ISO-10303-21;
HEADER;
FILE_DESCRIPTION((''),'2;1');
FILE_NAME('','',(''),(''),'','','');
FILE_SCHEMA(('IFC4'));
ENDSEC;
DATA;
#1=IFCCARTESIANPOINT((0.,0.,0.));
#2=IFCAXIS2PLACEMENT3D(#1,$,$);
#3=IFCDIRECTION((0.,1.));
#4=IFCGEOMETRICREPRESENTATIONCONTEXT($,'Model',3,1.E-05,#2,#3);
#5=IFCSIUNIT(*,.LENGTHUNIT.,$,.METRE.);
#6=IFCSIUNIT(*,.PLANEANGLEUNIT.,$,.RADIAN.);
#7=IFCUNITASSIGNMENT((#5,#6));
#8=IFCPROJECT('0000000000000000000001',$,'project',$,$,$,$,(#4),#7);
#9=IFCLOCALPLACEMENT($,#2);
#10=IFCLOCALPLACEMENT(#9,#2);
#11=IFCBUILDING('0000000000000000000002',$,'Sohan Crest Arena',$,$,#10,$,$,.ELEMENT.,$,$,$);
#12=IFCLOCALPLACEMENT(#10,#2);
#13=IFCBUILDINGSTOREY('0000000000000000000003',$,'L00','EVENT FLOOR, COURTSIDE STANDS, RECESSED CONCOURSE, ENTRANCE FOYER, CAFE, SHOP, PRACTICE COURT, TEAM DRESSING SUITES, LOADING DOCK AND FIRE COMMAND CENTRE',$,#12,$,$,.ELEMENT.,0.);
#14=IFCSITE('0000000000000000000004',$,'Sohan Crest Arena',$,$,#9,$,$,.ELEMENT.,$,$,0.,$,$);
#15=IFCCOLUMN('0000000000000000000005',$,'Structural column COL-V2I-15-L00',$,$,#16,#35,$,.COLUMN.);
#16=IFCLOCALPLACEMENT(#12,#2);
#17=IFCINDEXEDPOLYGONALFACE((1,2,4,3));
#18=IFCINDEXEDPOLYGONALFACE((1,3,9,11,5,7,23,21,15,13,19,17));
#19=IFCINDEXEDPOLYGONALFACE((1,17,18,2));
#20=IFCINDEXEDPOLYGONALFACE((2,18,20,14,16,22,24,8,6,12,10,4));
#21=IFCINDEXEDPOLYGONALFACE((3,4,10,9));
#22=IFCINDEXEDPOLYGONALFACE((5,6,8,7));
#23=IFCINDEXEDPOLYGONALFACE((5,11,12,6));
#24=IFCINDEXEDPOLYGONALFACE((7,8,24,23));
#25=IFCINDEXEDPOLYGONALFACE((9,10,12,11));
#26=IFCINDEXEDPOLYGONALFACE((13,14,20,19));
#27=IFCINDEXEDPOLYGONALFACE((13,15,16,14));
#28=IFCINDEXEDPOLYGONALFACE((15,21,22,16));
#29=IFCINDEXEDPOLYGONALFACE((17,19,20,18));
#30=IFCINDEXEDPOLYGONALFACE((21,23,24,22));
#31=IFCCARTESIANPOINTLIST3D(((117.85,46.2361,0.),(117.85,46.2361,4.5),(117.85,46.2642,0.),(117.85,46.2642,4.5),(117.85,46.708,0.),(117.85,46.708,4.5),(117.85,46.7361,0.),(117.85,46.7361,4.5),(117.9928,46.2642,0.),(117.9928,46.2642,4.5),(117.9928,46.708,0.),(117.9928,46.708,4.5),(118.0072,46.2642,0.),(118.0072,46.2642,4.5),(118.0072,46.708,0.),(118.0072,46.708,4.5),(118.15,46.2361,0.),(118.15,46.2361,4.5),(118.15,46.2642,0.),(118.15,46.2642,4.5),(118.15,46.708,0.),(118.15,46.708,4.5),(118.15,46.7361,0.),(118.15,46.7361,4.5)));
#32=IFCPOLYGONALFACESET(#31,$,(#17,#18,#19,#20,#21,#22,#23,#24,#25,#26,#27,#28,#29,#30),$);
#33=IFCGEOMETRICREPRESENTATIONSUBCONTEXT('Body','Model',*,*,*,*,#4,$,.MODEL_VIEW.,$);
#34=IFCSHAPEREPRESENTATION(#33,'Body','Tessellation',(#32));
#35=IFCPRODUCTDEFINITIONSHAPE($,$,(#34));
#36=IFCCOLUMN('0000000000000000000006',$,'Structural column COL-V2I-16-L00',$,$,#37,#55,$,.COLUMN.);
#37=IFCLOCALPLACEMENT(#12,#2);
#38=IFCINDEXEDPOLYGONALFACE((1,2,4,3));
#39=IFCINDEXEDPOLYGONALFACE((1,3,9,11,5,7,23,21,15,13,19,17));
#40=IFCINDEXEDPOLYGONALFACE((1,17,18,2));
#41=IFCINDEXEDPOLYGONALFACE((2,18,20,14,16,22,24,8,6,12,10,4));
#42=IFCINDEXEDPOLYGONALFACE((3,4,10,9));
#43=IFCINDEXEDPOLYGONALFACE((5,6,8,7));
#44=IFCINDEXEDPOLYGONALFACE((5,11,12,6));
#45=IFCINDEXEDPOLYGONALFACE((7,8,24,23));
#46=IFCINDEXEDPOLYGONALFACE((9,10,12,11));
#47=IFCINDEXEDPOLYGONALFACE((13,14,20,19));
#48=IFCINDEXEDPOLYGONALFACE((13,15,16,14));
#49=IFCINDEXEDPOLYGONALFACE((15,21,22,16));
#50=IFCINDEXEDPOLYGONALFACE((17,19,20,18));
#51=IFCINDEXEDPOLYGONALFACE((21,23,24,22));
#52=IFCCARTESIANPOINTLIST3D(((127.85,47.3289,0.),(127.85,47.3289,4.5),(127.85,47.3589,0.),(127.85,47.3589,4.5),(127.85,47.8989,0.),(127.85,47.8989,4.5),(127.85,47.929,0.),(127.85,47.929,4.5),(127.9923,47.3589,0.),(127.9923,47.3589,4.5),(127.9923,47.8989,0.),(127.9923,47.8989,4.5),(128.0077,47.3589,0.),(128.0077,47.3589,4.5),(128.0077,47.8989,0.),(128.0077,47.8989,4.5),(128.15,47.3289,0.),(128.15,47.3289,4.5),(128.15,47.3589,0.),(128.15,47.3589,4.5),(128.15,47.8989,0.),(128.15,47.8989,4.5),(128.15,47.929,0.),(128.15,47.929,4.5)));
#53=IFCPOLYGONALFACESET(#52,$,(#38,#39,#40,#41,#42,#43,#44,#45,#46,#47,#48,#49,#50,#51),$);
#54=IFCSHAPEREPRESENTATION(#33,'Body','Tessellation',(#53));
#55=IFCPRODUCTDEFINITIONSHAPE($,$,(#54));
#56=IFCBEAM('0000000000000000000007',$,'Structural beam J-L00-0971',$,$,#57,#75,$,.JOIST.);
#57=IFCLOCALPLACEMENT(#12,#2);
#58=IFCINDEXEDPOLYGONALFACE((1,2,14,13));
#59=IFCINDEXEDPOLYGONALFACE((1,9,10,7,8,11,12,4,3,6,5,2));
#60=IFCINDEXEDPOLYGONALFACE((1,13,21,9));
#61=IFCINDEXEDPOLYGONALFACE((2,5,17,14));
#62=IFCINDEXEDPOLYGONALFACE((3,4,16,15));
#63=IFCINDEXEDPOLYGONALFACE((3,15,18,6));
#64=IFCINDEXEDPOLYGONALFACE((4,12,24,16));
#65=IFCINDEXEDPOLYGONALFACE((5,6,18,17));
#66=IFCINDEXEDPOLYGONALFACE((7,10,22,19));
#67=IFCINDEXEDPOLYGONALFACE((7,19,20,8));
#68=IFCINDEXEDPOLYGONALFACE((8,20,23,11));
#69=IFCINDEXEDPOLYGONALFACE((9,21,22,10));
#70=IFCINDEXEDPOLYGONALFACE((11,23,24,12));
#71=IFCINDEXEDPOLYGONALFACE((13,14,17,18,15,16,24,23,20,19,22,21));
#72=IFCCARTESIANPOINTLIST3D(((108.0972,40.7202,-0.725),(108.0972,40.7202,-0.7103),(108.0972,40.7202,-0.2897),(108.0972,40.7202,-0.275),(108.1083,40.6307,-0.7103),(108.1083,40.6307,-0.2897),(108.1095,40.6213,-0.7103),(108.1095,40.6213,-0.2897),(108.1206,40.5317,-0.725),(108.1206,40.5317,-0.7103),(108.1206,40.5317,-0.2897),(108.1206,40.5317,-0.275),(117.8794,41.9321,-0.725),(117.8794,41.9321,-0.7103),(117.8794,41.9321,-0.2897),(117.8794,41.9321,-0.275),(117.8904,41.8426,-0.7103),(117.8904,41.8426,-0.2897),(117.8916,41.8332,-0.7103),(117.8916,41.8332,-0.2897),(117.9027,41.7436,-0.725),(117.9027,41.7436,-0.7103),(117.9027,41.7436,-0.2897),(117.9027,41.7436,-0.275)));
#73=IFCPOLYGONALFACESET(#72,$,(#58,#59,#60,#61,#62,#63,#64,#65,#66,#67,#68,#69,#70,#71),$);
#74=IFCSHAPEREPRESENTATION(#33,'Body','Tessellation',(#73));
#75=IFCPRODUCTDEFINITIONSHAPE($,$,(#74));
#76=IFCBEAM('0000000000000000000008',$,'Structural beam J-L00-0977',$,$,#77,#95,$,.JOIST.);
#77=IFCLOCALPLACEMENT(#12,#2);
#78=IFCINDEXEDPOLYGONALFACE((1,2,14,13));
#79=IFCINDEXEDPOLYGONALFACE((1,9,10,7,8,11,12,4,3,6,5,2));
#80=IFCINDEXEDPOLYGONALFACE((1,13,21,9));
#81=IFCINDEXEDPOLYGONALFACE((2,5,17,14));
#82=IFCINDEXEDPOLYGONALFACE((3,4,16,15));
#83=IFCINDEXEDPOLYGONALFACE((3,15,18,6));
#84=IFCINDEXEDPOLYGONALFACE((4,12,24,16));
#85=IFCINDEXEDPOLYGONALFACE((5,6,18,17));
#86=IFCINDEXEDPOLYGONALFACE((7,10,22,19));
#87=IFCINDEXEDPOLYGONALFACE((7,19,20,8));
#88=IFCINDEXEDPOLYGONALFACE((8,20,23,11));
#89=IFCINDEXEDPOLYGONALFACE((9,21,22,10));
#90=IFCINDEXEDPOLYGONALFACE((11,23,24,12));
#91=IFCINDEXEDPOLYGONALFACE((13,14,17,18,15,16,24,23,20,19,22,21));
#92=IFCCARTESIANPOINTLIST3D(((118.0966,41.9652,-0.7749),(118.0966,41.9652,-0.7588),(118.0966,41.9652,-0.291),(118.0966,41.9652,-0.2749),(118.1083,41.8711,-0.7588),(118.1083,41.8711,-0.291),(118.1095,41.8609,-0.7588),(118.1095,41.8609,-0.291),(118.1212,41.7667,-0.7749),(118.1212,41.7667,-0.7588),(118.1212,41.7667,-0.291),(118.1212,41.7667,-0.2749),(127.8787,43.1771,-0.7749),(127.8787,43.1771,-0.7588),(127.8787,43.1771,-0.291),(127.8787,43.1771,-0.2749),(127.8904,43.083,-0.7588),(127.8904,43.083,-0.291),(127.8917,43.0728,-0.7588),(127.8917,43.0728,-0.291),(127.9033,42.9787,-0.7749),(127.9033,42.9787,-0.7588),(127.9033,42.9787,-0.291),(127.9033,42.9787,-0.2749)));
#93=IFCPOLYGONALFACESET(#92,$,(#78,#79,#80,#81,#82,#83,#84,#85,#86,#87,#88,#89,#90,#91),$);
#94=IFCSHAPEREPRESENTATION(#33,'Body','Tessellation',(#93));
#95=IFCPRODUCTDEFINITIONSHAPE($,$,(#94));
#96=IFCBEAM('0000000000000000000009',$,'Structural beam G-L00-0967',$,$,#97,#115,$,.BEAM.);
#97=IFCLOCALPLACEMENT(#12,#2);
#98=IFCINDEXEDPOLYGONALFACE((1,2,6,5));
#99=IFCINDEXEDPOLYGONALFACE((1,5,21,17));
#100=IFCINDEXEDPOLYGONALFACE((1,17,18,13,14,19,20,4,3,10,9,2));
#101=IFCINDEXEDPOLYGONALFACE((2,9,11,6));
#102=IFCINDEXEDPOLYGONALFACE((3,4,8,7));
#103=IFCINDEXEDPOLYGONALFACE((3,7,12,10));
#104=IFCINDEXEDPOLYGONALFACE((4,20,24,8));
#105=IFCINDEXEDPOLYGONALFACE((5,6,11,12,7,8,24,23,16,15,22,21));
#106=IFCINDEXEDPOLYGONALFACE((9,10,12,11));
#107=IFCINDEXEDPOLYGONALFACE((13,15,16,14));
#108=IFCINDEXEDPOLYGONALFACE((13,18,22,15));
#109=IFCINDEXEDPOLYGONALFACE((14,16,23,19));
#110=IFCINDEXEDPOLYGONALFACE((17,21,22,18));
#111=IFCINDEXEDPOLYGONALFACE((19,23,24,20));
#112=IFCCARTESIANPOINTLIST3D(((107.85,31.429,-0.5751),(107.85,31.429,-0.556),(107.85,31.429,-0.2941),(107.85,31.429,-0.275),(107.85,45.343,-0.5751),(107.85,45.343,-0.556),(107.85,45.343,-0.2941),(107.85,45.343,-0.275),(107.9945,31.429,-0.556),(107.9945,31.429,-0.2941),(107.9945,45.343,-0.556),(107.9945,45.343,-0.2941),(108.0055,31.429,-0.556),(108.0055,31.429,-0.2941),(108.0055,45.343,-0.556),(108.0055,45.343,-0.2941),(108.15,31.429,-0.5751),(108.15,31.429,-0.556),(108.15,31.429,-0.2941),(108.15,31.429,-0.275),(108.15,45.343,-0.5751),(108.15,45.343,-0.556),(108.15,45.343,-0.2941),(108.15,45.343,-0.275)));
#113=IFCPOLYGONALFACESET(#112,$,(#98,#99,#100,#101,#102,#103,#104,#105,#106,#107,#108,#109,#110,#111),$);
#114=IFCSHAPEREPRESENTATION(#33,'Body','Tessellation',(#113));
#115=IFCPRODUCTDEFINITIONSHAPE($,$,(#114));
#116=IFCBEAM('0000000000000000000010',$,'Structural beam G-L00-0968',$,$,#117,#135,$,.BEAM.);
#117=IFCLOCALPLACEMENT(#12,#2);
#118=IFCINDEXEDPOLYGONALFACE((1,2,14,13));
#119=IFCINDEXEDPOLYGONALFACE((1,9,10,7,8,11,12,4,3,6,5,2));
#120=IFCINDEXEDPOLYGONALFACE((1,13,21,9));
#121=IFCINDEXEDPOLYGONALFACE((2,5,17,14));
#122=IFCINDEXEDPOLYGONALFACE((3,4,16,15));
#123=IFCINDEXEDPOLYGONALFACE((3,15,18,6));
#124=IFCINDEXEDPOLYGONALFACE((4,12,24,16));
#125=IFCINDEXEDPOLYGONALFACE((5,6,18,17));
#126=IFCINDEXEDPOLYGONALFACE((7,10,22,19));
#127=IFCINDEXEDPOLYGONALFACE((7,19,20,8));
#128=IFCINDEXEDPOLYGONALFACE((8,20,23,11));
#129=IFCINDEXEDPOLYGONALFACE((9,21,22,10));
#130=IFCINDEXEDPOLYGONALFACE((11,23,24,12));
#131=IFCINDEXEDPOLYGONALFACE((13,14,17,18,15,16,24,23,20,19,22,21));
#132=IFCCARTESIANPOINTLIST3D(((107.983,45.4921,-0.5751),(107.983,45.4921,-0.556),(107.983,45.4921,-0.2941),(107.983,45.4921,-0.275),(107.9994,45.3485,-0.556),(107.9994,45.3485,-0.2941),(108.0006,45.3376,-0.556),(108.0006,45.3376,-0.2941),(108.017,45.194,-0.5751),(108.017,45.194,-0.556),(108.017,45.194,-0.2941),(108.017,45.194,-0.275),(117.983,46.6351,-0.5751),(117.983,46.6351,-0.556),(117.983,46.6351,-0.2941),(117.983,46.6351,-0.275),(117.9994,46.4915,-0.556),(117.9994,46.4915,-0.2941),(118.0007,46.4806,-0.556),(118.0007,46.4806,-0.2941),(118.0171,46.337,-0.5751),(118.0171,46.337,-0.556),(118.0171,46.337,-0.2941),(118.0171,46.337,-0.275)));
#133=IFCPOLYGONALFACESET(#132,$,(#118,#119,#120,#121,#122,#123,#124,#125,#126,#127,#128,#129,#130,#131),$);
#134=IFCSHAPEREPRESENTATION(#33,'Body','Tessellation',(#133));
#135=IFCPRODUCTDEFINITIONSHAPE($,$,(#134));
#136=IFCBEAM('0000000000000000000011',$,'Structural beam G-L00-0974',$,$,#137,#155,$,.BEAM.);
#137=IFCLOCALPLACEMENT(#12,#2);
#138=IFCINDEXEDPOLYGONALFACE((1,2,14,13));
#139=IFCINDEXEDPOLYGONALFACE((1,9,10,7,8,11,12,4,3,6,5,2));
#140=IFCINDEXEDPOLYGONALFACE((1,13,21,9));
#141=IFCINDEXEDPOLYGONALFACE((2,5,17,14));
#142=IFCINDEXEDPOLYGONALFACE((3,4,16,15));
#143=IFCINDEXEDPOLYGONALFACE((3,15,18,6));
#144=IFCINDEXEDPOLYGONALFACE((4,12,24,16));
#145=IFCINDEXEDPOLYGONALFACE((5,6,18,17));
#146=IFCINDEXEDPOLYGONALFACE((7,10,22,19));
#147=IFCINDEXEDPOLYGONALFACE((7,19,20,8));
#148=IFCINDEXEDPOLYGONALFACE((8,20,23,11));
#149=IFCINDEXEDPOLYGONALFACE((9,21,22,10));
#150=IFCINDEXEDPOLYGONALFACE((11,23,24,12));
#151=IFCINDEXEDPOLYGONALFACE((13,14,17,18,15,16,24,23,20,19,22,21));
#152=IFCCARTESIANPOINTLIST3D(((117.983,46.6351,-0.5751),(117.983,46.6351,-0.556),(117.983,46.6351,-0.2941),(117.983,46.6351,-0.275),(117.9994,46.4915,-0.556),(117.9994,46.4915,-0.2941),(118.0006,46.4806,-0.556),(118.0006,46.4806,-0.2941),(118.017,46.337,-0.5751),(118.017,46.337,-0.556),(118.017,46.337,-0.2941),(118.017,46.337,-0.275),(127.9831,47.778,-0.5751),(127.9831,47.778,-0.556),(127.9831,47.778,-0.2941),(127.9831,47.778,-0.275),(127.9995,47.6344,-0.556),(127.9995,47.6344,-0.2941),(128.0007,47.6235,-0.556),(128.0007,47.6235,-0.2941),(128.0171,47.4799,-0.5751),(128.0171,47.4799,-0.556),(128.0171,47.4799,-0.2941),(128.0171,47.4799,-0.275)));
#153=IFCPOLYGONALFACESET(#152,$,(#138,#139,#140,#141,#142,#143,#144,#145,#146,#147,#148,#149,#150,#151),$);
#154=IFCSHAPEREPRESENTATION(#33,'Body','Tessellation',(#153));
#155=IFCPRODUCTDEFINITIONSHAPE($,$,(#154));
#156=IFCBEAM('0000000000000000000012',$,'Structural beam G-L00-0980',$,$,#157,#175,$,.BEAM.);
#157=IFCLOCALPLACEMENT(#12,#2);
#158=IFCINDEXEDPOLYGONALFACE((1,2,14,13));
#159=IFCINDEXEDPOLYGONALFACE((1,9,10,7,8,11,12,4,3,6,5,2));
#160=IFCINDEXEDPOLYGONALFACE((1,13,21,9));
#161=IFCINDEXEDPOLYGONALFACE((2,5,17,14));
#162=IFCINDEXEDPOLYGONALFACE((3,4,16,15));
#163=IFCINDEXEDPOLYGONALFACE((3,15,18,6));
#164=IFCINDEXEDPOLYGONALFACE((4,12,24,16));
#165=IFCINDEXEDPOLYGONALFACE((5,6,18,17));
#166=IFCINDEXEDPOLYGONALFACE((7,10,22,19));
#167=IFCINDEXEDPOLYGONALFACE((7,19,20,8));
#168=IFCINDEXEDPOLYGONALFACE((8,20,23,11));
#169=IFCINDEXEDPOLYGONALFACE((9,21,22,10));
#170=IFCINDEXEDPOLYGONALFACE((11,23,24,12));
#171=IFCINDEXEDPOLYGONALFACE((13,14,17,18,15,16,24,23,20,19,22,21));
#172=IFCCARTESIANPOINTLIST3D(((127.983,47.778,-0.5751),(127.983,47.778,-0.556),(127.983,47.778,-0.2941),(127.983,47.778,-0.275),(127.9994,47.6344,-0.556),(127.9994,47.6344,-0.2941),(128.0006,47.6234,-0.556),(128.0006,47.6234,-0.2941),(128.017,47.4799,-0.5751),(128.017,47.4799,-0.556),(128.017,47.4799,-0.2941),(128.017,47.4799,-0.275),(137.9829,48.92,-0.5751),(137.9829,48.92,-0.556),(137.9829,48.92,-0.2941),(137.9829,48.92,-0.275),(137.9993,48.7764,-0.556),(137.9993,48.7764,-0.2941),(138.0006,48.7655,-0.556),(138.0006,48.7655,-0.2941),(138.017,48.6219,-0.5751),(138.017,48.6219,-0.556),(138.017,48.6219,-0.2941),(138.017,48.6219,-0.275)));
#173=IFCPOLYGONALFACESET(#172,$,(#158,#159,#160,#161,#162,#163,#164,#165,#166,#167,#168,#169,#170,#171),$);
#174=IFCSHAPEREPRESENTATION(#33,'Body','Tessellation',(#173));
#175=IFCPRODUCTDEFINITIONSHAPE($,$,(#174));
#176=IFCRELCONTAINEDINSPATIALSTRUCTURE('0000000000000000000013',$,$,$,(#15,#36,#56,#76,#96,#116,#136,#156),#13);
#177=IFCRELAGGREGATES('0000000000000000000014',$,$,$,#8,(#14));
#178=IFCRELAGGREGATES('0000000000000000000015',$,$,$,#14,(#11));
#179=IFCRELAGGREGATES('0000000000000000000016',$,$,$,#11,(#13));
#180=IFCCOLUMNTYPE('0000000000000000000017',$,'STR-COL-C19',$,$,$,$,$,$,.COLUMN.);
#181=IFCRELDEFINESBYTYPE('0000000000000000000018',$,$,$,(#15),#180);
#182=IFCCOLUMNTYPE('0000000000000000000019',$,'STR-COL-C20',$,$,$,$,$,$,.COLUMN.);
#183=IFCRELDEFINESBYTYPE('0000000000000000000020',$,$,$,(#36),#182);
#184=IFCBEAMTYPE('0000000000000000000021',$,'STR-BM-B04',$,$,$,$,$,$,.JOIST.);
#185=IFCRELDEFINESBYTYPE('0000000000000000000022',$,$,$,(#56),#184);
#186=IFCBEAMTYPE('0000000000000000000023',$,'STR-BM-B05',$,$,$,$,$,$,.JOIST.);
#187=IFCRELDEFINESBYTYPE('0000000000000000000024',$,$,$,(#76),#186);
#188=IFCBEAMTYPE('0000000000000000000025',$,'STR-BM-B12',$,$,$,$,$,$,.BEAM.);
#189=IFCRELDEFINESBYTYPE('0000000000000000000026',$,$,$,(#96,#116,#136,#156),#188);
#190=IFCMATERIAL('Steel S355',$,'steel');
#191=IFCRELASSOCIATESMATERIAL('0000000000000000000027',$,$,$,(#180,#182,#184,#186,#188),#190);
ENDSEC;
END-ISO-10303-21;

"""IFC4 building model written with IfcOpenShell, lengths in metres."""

from ifc_helpers import new_model, si_unit, direction, frame, origin, origin_2d, place, context, subcontext, project, spatial, i_section, extrude, material, material_profile, profile_set, type_object, element, save


model = new_model("IFC4")

# Units and contexts
model_context = context("Model", 3, precision=1e-05, world=origin(), true_north=direction((0.0, 1.0)))
body_context = subcontext(model_context, "Body", "Model", "MODEL_VIEW")
ifc_project = project(units=[si_unit("LENGTHUNIT", "METRE"), si_unit("PLANEANGLEUNIT", "RADIAN")], contexts=[model_context])

# Site, building, storey
site_placement = place(None, origin())
site = spatial("IfcSite", under=ifc_project, at=site_placement, Name="Sohan Crest Arena", CompositionType="ELEMENT", RefElevation=0.0)
building_placement = place(site_placement, origin())
building = spatial("IfcBuilding", under=site, at=building_placement, Name="Sohan Crest Arena", CompositionType="ELEMENT")
storey_placement = place(building_placement, origin())
storey = spatial("IfcBuildingStorey", under=building, at=storey_placement, Name="L00", Description="EVENT FLOOR, COURTSIDE STANDS, RECESSED CONCOURSE, ENTRANCE FOYER, CAFE, SHOP, PRACTICE COURT, TEAM DRESSING SUITES, LOADING DOCK AND FIRE COMMAND CENTRE", CompositionType="ELEMENT", Elevation=0.0)

# Columns
ifc_material_1 = material(Name="Steel S355", Category="steel")
ifc_material_profile_1 = material_profile(ifc_material_1, i_section(OverallWidth=0.3, OverallDepth=0.5, WebThickness=0.0144, FlangeThickness=0.0281, at=origin_2d()), Name="HEB 500")
ifc_profile_set_1 = profile_set([ifc_material_profile_1], Name="Steel S355")
column_type_1 = type_object("IfcColumnType", Name="STR-COL-C19", PredefinedType="COLUMN", material=ifc_profile_set_1)
column_1_placement = place(storey_placement, frame((118.0, 46.4861, 0.0), z_axis=(0.0, 0.0, 1.0), x_axis=(1.0, 0.0, 0.0)))
element("IfcColumn", 1, at=column_1_placement, inside=storey, type_object=column_type_1, Name="Structural column COL-V2I-15-L00", PredefinedType="COLUMN", context=body_context, shape_type="SweptSolid", body=[
    extrude(i_section(OverallWidth=0.3, OverallDepth=0.5, WebThickness=0.0144, FlangeThickness=0.0281, at=origin_2d()), origin(), (0.0, 0.0, 1.0), 4.5),
])
ifc_material_profile_2 = material_profile(ifc_material_1, i_section(OverallWidth=0.3, OverallDepth=0.6001, WebThickness=0.0154, FlangeThickness=0.03, at=origin_2d()), Name="HEB 600")
ifc_profile_set_2 = profile_set([ifc_material_profile_2], Name="Steel S355")
column_type_2 = type_object("IfcColumnType", Name="STR-COL-C20", PredefinedType="COLUMN", material=ifc_profile_set_2)
column_2_placement = place(storey_placement, frame((128.0, 47.6289, 0.0), z_axis=(0.0, 0.0, 1.0), x_axis=(1.0, 0.0, 0.0)))
element("IfcColumn", 2, at=column_2_placement, inside=storey, type_object=column_type_2, Name="Structural column COL-V2I-16-L00", PredefinedType="COLUMN", context=body_context, shape_type="SweptSolid", body=[
    extrude(i_section(OverallWidth=0.3, OverallDepth=0.6001, WebThickness=0.0154, FlangeThickness=0.03, at=origin_2d()), origin(), (0.0, 0.0, 1.0), 4.5),
])

# Beams
ifc_material_profile_3 = material_profile(ifc_material_1, i_section(OverallWidth=0.1899, OverallDepth=0.45, WebThickness=0.0095, FlangeThickness=0.0146, at=origin_2d()), Name="IPE 450")
ifc_profile_set_3 = profile_set([ifc_material_profile_3], Name="Steel S355")
beam_type_1 = type_object("IfcBeamType", Name="STR-BM-B04", PredefinedType="JOIST", material=ifc_profile_set_3)
beam_1_placement = place(storey_placement, frame((108.1089, 40.626, -0.5), z_axis=(0.992413, 0.122949, 0.0), x_axis=(-0.122949, 0.992413, 0.0)))
element("IfcBeam", 3, at=beam_1_placement, inside=storey, type_object=beam_type_1, Name="Structural beam J-L00-0971", PredefinedType="JOIST", context=body_context, shape_type="SweptSolid", body=[
    extrude(i_section(OverallWidth=0.1899, OverallDepth=0.45, WebThickness=0.0095, FlangeThickness=0.0146, at=origin_2d()), origin(), (0.0, 0.0, 1.0), 9.8569),
])
ifc_material_profile_4 = material_profile(ifc_material_1, i_section(OverallWidth=0.2, OverallDepth=0.5, WebThickness=0.0103, FlangeThickness=0.0161, at=origin_2d()), Name="IPE 500")
ifc_profile_set_4 = profile_set([ifc_material_profile_4], Name="Steel S355")
beam_type_2 = type_object("IfcBeamType", Name="STR-BM-B05", PredefinedType="JOIST", material=ifc_profile_set_4)
beam_2_placement = place(storey_placement, frame((118.1089, 41.866, -0.5249), z_axis=(0.992413, 0.122949, 0.0), x_axis=(-0.122949, 0.992413, 0.0)))
element("IfcBeam", 4, at=beam_2_placement, inside=storey, type_object=beam_type_2, Name="Structural beam J-L00-0977", PredefinedType="JOIST", context=body_context, shape_type="SweptSolid", body=[
    extrude(i_section(OverallWidth=0.2, OverallDepth=0.5, WebThickness=0.0103, FlangeThickness=0.0161, at=origin_2d()), origin(), (0.0, 0.0, 1.0), 9.8569),
])
ifc_material_profile_5 = material_profile(ifc_material_1, i_section(OverallWidth=0.3, OverallDepth=0.3, WebThickness=0.011, FlangeThickness=0.019, at=origin_2d()), Name="HEB 300")
ifc_profile_set_5 = profile_set([ifc_material_profile_5], Name="Steel S355")
beam_type_3 = type_object("IfcBeamType", Name="STR-BM-B12", PredefinedType="BEAM", material=ifc_profile_set_5)
beam_3_placement = place(storey_placement, frame((108.0, 45.343, -0.425), z_axis=(0.0, -1.0, 0.0), x_axis=(1.0, 0.0, 0.0)))
element("IfcBeam", 5, at=beam_3_placement, inside=storey, type_object=beam_type_3, Name="Structural beam G-L00-0967", PredefinedType="BEAM", context=body_context, shape_type="SweptSolid", body=[
    extrude(i_section(OverallWidth=0.3, OverallDepth=0.3, WebThickness=0.011, FlangeThickness=0.019, at=origin_2d()), origin(), (0.0, 0.0, 1.0), 13.9141),
])
for number, where, z_axis, x_axis, name in (
    (6, (108.0, 45.343, -0.425), (0.99353, 0.113567, 0.0), (-0.113567, 0.99353, 0.0), "Structural beam G-L00-0968"),
    (7, (118.0, 46.4861, -0.425), (0.993533, 0.113543, 0.0), (-0.113543, 0.993533, 0.0), "Structural beam G-L00-0974"),
):
    element("IfcBeam", number, at=place(storey_placement, frame(where, z_axis=z_axis, x_axis=x_axis)), inside=storey, type_object=beam_type_3, Name=name, PredefinedType="BEAM", context=body_context, shape_type="SweptSolid", body=[
        extrude(i_section(OverallWidth=0.3, OverallDepth=0.3, WebThickness=0.011, FlangeThickness=0.019, at=origin_2d()), origin(), (0.0, 0.0, 1.0), 10.0652),
    ])
beam_4_placement = place(storey_placement, frame((128.0, 47.6289, -0.425), z_axis=(0.993541, 0.113471, 0.0), x_axis=(-0.113471, 0.993541, 0.0)))
element("IfcBeam", 8, at=beam_4_placement, inside=storey, type_object=beam_type_3, Name="Structural beam G-L00-0980", PredefinedType="BEAM", context=body_context, shape_type="SweptSolid", body=[
    extrude(i_section(OverallWidth=0.3, OverallDepth=0.3, WebThickness=0.011, FlangeThickness=0.019, at=origin_2d()), origin(), (0.0, 0.0, 1.0), 10.0649),
])

save(model, "model.ifc")
